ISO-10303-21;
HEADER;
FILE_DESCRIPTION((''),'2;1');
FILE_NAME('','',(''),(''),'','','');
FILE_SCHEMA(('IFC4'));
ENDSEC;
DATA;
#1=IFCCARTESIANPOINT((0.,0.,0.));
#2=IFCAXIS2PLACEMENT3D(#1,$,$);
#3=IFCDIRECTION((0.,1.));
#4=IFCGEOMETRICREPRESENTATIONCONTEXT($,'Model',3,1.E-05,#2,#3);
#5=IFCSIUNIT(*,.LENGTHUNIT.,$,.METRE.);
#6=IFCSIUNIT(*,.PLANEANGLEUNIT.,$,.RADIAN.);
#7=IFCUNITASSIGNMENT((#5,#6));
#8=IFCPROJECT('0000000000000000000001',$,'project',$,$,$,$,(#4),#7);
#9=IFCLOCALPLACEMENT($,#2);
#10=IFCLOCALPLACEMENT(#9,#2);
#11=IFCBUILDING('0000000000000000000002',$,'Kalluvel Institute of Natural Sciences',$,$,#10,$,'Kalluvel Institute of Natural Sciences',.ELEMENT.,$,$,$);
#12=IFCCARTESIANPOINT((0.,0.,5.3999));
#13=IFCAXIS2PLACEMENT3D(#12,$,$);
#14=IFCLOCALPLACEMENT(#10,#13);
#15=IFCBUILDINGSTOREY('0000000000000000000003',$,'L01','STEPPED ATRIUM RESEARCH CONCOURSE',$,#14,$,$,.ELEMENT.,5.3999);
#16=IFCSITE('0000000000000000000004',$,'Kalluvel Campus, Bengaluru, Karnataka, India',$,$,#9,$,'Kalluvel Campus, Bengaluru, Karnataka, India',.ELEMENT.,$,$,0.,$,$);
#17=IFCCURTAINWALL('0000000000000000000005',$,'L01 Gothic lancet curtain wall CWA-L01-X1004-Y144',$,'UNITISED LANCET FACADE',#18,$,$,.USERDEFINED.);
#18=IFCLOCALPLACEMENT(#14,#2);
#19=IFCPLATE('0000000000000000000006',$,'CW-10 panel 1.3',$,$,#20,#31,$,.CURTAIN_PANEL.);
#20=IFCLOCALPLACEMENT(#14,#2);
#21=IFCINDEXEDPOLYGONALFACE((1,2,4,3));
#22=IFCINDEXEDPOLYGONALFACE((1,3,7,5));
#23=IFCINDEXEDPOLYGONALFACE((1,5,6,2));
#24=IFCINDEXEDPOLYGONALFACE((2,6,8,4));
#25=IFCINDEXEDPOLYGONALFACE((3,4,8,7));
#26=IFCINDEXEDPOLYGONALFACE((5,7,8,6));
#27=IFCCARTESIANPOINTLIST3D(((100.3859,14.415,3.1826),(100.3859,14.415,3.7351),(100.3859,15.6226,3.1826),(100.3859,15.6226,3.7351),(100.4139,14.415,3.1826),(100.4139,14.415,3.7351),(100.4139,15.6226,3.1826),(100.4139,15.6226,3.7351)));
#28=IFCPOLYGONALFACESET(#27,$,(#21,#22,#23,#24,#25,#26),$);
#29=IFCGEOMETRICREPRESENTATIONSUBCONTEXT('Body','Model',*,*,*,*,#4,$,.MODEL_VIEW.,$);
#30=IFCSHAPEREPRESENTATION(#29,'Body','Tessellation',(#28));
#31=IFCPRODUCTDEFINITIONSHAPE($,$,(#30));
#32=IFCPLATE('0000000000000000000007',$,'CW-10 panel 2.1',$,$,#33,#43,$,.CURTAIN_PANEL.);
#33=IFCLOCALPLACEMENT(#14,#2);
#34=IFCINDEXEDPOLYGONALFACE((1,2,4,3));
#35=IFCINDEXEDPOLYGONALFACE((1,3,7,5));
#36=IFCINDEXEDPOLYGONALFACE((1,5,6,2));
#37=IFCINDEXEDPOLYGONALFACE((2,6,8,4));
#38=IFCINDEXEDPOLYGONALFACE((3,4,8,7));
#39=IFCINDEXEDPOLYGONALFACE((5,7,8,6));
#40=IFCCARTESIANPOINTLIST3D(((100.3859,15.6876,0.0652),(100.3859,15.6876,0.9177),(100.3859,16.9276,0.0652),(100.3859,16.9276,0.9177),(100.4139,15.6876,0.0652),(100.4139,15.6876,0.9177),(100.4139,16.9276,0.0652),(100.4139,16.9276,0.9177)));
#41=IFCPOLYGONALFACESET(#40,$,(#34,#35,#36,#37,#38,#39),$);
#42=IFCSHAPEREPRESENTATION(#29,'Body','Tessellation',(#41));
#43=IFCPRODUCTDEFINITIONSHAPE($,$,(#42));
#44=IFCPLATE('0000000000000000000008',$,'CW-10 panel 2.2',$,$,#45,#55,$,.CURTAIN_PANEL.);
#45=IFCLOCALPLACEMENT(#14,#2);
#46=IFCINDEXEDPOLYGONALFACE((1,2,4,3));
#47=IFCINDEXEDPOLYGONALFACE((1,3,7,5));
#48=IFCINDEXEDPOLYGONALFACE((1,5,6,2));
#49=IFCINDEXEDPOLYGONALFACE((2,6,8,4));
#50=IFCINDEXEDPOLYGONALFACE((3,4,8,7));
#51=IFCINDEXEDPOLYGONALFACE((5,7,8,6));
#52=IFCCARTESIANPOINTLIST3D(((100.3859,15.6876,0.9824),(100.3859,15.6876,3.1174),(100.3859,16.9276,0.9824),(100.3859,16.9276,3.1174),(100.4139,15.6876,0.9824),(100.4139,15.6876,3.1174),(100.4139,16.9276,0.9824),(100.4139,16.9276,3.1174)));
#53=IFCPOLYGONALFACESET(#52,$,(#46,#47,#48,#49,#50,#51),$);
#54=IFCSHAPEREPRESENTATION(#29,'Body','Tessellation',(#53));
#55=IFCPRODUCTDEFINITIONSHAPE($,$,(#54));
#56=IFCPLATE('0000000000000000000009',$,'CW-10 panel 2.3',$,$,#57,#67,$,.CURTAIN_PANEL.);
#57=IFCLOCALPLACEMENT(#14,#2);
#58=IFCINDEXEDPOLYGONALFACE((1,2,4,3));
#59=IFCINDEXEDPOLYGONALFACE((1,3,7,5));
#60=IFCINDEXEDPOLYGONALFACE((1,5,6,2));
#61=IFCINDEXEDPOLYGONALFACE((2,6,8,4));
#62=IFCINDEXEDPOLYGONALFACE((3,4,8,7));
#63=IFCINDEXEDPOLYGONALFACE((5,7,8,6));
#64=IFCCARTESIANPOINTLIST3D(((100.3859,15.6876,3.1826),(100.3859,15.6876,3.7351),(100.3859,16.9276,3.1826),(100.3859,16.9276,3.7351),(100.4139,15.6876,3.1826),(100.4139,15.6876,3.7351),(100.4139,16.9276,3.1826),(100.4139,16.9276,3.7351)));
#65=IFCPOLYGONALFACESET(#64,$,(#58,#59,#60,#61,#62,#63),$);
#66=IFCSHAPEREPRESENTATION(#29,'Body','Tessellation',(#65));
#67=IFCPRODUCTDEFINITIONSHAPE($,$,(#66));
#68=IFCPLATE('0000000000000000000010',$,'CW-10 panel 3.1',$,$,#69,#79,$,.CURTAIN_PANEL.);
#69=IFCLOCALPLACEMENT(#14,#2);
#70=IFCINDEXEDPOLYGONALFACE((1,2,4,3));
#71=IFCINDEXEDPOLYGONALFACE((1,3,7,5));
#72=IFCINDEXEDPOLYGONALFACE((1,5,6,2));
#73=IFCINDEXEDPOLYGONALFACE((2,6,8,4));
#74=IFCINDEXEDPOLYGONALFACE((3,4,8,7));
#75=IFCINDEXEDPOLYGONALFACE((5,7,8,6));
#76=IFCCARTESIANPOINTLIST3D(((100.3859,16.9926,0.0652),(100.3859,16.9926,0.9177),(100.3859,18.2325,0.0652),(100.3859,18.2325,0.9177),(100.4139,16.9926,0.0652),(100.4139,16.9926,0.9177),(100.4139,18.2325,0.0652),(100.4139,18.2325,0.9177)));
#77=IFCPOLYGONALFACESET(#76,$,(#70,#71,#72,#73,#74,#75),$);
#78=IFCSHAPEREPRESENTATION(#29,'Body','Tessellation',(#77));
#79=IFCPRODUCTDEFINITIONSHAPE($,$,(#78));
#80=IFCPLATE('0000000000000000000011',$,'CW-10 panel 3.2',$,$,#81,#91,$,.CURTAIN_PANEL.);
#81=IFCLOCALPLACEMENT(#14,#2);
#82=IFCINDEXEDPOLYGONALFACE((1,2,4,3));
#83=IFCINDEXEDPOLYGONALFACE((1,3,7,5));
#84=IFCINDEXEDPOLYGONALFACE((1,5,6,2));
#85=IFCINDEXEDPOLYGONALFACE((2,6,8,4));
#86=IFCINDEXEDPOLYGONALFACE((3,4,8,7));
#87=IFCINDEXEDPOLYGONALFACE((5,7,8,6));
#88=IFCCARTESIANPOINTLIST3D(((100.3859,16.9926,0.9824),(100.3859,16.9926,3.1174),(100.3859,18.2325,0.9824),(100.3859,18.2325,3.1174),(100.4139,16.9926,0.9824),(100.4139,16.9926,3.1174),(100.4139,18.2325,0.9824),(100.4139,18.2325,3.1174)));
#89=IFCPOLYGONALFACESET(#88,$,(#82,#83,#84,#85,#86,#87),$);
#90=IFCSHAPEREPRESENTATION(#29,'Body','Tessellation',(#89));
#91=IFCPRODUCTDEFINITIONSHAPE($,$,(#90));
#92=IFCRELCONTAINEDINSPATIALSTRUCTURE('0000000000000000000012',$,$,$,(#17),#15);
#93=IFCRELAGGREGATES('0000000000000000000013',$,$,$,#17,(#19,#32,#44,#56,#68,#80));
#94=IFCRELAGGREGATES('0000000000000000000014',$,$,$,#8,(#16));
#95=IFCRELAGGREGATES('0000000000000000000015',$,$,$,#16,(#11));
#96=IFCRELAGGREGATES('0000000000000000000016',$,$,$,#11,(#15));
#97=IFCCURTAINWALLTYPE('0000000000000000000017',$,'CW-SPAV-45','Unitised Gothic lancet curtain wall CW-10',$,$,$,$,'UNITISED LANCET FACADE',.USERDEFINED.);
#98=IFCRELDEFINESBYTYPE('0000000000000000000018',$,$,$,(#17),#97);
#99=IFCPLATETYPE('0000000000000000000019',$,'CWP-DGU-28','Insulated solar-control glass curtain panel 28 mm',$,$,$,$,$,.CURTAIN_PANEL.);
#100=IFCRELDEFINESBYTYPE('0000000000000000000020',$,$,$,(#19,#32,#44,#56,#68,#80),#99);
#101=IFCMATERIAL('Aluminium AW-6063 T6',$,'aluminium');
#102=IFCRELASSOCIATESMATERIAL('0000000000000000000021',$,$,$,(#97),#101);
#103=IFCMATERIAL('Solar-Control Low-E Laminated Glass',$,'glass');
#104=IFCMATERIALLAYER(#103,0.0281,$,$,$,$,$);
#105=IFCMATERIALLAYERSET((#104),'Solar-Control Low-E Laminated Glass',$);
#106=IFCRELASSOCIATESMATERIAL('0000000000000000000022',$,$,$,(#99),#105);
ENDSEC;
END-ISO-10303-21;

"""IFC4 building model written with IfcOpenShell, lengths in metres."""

from ifc_helpers import new_model, si_unit, direction, frame, origin, origin_2d, place, context, subcontext, project, spatial, rectangle, extrude, material, layer, layer_set, type_object, element, aggregate, save


model = new_model("IFC4")

# Units and contexts
model_context = context("Model", 3, precision=1e-05, world=origin(), true_north=direction((0.0, 1.0)))
body_context = subcontext(model_context, "Body", "Model", "MODEL_VIEW")
ifc_project = project(units=[si_unit("LENGTHUNIT", "METRE"), si_unit("PLANEANGLEUNIT", "RADIAN")], contexts=[model_context])

# Site, building, storey
site_placement = place(None, origin())
site = spatial("IfcSite", under=ifc_project, at=site_placement, Name="Kalluvel Campus, Bengaluru, Karnataka, India", LongName="Kalluvel Campus, Bengaluru, Karnataka, India", CompositionType="ELEMENT", RefElevation=0.0)
building_placement = place(site_placement, origin())
building = spatial("IfcBuilding", under=site, at=building_placement, Name="Kalluvel Institute of Natural Sciences", LongName="Kalluvel Institute of Natural Sciences", CompositionType="ELEMENT")
storey_placement = place(building_placement, frame((0.0, 0.0, 5.3999)))
storey = spatial("IfcBuildingStorey", under=building, at=storey_placement, Name="L01", Description="STEPPED ATRIUM RESEARCH CONCOURSE", CompositionType="ELEMENT", Elevation=5.3999)

# Curtain wall, plates
ifc_material_1 = material(Name="Aluminium AW-6063 T6", Category="aluminium")
curtain_wall_type = type_object("IfcCurtainWallType", Name="CW-SPAV-45", Description="Unitised Gothic lancet curtain wall CW-10", ElementType="UNITISED LANCET FACADE", PredefinedType="USERDEFINED", material=ifc_material_1)
curtain_wall_placement = place(storey_placement, origin())
curtain_wall = element("IfcCurtainWall", 1, at=curtain_wall_placement, inside=storey, type_object=curtain_wall_type, Name="L01 Gothic lancet curtain wall CWA-L01-X1004-Y144", ObjectType="UNITISED LANCET FACADE", PredefinedType="USERDEFINED")
ifc_material_2 = material(Name="Solar-Control Low-E Laminated Glass", Category="glass")
ifc_layer = layer(ifc_material_2, 0.0281)
ifc_layer_set = layer_set([ifc_layer], Name="Solar-Control Low-E Laminated Glass")
plate_type = type_object("IfcPlateType", Name="CWP-DGU-28", Description="Insulated solar-control glass curtain panel 28 mm", PredefinedType="CURTAIN_PANEL", material=ifc_layer_set)
plate_1_placement = place(storey_placement, frame((100.3999, 15.0188, 3.1826), z_axis=(0.0, 0.0, 1.0), x_axis=(0.0, 1.0, 0.0)))
plate_1 = element("IfcPlate", 2, at=plate_1_placement, type_object=plate_type, Name="CW-10 panel 1.3", PredefinedType="CURTAIN_PANEL", context=body_context, shape_type="SweptSolid", body=[
    extrude(rectangle(XDim=1.2075, YDim=0.0281, at=origin_2d()), origin(), (0.0, 0.0, 1.0), 0.5525),
])
plate_2_placement = place(storey_placement, frame((100.3999, 16.3076, 0.0652), z_axis=(0.0, 0.0, 1.0), x_axis=(0.0, 1.0, 0.0)))
plate_2 = element("IfcPlate", 3, at=plate_2_placement, type_object=plate_type, Name="CW-10 panel 2.1", PredefinedType="CURTAIN_PANEL", context=body_context, shape_type="SweptSolid", body=[
    extrude(rectangle(XDim=1.24, YDim=0.0281, at=origin_2d()), origin(), (0.0, 0.0, 1.0), 0.8525),
])
plate_3_placement = place(storey_placement, frame((100.3999, 16.3076, 0.9824), z_axis=(0.0, 0.0, 1.0), x_axis=(0.0, 1.0, 0.0)))
plate_3 = element("IfcPlate", 4, at=plate_3_placement, type_object=plate_type, Name="CW-10 panel 2.2", PredefinedType="CURTAIN_PANEL", context=body_context, shape_type="SweptSolid", body=[
    extrude(rectangle(XDim=1.24, YDim=0.0281, at=origin_2d()), origin(), (0.0, 0.0, 1.0), 2.135),
])
plate_4_placement = place(storey_placement, frame((100.3999, 16.3076, 3.1826), z_axis=(0.0, 0.0, 1.0), x_axis=(0.0, 1.0, 0.0)))
plate_4 = element("IfcPlate", 5, at=plate_4_placement, type_object=plate_type, Name="CW-10 panel 2.3", PredefinedType="CURTAIN_PANEL", context=body_context, shape_type="SweptSolid", body=[
    extrude(rectangle(XDim=1.24, YDim=0.0281, at=origin_2d()), origin(), (0.0, 0.0, 1.0), 0.5525),
])
plate_5_placement = place(storey_placement, frame((100.3999, 17.6125, 0.0652), z_axis=(0.0, 0.0, 1.0), x_axis=(0.0, 1.0, 0.0)))
plate_5 = element("IfcPlate", 6, at=plate_5_placement, type_object=plate_type, Name="CW-10 panel 3.1", PredefinedType="CURTAIN_PANEL", context=body_context, shape_type="SweptSolid", body=[
    extrude(rectangle(XDim=1.24, YDim=0.0281, at=origin_2d()), origin(), (0.0, 0.0, 1.0), 0.8525),
])
plate_6_placement = place(storey_placement, frame((100.3999, 17.6125, 0.9824), z_axis=(0.0, 0.0, 1.0), x_axis=(0.0, 1.0, 0.0)))
plate_6 = element("IfcPlate", 7, at=plate_6_placement, type_object=plate_type, Name="CW-10 panel 3.2", PredefinedType="CURTAIN_PANEL", context=body_context, shape_type="SweptSolid", body=[
    extrude(rectangle(XDim=1.24, YDim=0.0281, at=origin_2d()), origin(), (0.0, 0.0, 1.0), 2.135),
])
aggregate(curtain_wall, [plate_1, plate_2, plate_3, plate_4, plate_5, plate_6])

save(model, "model.ifc")
